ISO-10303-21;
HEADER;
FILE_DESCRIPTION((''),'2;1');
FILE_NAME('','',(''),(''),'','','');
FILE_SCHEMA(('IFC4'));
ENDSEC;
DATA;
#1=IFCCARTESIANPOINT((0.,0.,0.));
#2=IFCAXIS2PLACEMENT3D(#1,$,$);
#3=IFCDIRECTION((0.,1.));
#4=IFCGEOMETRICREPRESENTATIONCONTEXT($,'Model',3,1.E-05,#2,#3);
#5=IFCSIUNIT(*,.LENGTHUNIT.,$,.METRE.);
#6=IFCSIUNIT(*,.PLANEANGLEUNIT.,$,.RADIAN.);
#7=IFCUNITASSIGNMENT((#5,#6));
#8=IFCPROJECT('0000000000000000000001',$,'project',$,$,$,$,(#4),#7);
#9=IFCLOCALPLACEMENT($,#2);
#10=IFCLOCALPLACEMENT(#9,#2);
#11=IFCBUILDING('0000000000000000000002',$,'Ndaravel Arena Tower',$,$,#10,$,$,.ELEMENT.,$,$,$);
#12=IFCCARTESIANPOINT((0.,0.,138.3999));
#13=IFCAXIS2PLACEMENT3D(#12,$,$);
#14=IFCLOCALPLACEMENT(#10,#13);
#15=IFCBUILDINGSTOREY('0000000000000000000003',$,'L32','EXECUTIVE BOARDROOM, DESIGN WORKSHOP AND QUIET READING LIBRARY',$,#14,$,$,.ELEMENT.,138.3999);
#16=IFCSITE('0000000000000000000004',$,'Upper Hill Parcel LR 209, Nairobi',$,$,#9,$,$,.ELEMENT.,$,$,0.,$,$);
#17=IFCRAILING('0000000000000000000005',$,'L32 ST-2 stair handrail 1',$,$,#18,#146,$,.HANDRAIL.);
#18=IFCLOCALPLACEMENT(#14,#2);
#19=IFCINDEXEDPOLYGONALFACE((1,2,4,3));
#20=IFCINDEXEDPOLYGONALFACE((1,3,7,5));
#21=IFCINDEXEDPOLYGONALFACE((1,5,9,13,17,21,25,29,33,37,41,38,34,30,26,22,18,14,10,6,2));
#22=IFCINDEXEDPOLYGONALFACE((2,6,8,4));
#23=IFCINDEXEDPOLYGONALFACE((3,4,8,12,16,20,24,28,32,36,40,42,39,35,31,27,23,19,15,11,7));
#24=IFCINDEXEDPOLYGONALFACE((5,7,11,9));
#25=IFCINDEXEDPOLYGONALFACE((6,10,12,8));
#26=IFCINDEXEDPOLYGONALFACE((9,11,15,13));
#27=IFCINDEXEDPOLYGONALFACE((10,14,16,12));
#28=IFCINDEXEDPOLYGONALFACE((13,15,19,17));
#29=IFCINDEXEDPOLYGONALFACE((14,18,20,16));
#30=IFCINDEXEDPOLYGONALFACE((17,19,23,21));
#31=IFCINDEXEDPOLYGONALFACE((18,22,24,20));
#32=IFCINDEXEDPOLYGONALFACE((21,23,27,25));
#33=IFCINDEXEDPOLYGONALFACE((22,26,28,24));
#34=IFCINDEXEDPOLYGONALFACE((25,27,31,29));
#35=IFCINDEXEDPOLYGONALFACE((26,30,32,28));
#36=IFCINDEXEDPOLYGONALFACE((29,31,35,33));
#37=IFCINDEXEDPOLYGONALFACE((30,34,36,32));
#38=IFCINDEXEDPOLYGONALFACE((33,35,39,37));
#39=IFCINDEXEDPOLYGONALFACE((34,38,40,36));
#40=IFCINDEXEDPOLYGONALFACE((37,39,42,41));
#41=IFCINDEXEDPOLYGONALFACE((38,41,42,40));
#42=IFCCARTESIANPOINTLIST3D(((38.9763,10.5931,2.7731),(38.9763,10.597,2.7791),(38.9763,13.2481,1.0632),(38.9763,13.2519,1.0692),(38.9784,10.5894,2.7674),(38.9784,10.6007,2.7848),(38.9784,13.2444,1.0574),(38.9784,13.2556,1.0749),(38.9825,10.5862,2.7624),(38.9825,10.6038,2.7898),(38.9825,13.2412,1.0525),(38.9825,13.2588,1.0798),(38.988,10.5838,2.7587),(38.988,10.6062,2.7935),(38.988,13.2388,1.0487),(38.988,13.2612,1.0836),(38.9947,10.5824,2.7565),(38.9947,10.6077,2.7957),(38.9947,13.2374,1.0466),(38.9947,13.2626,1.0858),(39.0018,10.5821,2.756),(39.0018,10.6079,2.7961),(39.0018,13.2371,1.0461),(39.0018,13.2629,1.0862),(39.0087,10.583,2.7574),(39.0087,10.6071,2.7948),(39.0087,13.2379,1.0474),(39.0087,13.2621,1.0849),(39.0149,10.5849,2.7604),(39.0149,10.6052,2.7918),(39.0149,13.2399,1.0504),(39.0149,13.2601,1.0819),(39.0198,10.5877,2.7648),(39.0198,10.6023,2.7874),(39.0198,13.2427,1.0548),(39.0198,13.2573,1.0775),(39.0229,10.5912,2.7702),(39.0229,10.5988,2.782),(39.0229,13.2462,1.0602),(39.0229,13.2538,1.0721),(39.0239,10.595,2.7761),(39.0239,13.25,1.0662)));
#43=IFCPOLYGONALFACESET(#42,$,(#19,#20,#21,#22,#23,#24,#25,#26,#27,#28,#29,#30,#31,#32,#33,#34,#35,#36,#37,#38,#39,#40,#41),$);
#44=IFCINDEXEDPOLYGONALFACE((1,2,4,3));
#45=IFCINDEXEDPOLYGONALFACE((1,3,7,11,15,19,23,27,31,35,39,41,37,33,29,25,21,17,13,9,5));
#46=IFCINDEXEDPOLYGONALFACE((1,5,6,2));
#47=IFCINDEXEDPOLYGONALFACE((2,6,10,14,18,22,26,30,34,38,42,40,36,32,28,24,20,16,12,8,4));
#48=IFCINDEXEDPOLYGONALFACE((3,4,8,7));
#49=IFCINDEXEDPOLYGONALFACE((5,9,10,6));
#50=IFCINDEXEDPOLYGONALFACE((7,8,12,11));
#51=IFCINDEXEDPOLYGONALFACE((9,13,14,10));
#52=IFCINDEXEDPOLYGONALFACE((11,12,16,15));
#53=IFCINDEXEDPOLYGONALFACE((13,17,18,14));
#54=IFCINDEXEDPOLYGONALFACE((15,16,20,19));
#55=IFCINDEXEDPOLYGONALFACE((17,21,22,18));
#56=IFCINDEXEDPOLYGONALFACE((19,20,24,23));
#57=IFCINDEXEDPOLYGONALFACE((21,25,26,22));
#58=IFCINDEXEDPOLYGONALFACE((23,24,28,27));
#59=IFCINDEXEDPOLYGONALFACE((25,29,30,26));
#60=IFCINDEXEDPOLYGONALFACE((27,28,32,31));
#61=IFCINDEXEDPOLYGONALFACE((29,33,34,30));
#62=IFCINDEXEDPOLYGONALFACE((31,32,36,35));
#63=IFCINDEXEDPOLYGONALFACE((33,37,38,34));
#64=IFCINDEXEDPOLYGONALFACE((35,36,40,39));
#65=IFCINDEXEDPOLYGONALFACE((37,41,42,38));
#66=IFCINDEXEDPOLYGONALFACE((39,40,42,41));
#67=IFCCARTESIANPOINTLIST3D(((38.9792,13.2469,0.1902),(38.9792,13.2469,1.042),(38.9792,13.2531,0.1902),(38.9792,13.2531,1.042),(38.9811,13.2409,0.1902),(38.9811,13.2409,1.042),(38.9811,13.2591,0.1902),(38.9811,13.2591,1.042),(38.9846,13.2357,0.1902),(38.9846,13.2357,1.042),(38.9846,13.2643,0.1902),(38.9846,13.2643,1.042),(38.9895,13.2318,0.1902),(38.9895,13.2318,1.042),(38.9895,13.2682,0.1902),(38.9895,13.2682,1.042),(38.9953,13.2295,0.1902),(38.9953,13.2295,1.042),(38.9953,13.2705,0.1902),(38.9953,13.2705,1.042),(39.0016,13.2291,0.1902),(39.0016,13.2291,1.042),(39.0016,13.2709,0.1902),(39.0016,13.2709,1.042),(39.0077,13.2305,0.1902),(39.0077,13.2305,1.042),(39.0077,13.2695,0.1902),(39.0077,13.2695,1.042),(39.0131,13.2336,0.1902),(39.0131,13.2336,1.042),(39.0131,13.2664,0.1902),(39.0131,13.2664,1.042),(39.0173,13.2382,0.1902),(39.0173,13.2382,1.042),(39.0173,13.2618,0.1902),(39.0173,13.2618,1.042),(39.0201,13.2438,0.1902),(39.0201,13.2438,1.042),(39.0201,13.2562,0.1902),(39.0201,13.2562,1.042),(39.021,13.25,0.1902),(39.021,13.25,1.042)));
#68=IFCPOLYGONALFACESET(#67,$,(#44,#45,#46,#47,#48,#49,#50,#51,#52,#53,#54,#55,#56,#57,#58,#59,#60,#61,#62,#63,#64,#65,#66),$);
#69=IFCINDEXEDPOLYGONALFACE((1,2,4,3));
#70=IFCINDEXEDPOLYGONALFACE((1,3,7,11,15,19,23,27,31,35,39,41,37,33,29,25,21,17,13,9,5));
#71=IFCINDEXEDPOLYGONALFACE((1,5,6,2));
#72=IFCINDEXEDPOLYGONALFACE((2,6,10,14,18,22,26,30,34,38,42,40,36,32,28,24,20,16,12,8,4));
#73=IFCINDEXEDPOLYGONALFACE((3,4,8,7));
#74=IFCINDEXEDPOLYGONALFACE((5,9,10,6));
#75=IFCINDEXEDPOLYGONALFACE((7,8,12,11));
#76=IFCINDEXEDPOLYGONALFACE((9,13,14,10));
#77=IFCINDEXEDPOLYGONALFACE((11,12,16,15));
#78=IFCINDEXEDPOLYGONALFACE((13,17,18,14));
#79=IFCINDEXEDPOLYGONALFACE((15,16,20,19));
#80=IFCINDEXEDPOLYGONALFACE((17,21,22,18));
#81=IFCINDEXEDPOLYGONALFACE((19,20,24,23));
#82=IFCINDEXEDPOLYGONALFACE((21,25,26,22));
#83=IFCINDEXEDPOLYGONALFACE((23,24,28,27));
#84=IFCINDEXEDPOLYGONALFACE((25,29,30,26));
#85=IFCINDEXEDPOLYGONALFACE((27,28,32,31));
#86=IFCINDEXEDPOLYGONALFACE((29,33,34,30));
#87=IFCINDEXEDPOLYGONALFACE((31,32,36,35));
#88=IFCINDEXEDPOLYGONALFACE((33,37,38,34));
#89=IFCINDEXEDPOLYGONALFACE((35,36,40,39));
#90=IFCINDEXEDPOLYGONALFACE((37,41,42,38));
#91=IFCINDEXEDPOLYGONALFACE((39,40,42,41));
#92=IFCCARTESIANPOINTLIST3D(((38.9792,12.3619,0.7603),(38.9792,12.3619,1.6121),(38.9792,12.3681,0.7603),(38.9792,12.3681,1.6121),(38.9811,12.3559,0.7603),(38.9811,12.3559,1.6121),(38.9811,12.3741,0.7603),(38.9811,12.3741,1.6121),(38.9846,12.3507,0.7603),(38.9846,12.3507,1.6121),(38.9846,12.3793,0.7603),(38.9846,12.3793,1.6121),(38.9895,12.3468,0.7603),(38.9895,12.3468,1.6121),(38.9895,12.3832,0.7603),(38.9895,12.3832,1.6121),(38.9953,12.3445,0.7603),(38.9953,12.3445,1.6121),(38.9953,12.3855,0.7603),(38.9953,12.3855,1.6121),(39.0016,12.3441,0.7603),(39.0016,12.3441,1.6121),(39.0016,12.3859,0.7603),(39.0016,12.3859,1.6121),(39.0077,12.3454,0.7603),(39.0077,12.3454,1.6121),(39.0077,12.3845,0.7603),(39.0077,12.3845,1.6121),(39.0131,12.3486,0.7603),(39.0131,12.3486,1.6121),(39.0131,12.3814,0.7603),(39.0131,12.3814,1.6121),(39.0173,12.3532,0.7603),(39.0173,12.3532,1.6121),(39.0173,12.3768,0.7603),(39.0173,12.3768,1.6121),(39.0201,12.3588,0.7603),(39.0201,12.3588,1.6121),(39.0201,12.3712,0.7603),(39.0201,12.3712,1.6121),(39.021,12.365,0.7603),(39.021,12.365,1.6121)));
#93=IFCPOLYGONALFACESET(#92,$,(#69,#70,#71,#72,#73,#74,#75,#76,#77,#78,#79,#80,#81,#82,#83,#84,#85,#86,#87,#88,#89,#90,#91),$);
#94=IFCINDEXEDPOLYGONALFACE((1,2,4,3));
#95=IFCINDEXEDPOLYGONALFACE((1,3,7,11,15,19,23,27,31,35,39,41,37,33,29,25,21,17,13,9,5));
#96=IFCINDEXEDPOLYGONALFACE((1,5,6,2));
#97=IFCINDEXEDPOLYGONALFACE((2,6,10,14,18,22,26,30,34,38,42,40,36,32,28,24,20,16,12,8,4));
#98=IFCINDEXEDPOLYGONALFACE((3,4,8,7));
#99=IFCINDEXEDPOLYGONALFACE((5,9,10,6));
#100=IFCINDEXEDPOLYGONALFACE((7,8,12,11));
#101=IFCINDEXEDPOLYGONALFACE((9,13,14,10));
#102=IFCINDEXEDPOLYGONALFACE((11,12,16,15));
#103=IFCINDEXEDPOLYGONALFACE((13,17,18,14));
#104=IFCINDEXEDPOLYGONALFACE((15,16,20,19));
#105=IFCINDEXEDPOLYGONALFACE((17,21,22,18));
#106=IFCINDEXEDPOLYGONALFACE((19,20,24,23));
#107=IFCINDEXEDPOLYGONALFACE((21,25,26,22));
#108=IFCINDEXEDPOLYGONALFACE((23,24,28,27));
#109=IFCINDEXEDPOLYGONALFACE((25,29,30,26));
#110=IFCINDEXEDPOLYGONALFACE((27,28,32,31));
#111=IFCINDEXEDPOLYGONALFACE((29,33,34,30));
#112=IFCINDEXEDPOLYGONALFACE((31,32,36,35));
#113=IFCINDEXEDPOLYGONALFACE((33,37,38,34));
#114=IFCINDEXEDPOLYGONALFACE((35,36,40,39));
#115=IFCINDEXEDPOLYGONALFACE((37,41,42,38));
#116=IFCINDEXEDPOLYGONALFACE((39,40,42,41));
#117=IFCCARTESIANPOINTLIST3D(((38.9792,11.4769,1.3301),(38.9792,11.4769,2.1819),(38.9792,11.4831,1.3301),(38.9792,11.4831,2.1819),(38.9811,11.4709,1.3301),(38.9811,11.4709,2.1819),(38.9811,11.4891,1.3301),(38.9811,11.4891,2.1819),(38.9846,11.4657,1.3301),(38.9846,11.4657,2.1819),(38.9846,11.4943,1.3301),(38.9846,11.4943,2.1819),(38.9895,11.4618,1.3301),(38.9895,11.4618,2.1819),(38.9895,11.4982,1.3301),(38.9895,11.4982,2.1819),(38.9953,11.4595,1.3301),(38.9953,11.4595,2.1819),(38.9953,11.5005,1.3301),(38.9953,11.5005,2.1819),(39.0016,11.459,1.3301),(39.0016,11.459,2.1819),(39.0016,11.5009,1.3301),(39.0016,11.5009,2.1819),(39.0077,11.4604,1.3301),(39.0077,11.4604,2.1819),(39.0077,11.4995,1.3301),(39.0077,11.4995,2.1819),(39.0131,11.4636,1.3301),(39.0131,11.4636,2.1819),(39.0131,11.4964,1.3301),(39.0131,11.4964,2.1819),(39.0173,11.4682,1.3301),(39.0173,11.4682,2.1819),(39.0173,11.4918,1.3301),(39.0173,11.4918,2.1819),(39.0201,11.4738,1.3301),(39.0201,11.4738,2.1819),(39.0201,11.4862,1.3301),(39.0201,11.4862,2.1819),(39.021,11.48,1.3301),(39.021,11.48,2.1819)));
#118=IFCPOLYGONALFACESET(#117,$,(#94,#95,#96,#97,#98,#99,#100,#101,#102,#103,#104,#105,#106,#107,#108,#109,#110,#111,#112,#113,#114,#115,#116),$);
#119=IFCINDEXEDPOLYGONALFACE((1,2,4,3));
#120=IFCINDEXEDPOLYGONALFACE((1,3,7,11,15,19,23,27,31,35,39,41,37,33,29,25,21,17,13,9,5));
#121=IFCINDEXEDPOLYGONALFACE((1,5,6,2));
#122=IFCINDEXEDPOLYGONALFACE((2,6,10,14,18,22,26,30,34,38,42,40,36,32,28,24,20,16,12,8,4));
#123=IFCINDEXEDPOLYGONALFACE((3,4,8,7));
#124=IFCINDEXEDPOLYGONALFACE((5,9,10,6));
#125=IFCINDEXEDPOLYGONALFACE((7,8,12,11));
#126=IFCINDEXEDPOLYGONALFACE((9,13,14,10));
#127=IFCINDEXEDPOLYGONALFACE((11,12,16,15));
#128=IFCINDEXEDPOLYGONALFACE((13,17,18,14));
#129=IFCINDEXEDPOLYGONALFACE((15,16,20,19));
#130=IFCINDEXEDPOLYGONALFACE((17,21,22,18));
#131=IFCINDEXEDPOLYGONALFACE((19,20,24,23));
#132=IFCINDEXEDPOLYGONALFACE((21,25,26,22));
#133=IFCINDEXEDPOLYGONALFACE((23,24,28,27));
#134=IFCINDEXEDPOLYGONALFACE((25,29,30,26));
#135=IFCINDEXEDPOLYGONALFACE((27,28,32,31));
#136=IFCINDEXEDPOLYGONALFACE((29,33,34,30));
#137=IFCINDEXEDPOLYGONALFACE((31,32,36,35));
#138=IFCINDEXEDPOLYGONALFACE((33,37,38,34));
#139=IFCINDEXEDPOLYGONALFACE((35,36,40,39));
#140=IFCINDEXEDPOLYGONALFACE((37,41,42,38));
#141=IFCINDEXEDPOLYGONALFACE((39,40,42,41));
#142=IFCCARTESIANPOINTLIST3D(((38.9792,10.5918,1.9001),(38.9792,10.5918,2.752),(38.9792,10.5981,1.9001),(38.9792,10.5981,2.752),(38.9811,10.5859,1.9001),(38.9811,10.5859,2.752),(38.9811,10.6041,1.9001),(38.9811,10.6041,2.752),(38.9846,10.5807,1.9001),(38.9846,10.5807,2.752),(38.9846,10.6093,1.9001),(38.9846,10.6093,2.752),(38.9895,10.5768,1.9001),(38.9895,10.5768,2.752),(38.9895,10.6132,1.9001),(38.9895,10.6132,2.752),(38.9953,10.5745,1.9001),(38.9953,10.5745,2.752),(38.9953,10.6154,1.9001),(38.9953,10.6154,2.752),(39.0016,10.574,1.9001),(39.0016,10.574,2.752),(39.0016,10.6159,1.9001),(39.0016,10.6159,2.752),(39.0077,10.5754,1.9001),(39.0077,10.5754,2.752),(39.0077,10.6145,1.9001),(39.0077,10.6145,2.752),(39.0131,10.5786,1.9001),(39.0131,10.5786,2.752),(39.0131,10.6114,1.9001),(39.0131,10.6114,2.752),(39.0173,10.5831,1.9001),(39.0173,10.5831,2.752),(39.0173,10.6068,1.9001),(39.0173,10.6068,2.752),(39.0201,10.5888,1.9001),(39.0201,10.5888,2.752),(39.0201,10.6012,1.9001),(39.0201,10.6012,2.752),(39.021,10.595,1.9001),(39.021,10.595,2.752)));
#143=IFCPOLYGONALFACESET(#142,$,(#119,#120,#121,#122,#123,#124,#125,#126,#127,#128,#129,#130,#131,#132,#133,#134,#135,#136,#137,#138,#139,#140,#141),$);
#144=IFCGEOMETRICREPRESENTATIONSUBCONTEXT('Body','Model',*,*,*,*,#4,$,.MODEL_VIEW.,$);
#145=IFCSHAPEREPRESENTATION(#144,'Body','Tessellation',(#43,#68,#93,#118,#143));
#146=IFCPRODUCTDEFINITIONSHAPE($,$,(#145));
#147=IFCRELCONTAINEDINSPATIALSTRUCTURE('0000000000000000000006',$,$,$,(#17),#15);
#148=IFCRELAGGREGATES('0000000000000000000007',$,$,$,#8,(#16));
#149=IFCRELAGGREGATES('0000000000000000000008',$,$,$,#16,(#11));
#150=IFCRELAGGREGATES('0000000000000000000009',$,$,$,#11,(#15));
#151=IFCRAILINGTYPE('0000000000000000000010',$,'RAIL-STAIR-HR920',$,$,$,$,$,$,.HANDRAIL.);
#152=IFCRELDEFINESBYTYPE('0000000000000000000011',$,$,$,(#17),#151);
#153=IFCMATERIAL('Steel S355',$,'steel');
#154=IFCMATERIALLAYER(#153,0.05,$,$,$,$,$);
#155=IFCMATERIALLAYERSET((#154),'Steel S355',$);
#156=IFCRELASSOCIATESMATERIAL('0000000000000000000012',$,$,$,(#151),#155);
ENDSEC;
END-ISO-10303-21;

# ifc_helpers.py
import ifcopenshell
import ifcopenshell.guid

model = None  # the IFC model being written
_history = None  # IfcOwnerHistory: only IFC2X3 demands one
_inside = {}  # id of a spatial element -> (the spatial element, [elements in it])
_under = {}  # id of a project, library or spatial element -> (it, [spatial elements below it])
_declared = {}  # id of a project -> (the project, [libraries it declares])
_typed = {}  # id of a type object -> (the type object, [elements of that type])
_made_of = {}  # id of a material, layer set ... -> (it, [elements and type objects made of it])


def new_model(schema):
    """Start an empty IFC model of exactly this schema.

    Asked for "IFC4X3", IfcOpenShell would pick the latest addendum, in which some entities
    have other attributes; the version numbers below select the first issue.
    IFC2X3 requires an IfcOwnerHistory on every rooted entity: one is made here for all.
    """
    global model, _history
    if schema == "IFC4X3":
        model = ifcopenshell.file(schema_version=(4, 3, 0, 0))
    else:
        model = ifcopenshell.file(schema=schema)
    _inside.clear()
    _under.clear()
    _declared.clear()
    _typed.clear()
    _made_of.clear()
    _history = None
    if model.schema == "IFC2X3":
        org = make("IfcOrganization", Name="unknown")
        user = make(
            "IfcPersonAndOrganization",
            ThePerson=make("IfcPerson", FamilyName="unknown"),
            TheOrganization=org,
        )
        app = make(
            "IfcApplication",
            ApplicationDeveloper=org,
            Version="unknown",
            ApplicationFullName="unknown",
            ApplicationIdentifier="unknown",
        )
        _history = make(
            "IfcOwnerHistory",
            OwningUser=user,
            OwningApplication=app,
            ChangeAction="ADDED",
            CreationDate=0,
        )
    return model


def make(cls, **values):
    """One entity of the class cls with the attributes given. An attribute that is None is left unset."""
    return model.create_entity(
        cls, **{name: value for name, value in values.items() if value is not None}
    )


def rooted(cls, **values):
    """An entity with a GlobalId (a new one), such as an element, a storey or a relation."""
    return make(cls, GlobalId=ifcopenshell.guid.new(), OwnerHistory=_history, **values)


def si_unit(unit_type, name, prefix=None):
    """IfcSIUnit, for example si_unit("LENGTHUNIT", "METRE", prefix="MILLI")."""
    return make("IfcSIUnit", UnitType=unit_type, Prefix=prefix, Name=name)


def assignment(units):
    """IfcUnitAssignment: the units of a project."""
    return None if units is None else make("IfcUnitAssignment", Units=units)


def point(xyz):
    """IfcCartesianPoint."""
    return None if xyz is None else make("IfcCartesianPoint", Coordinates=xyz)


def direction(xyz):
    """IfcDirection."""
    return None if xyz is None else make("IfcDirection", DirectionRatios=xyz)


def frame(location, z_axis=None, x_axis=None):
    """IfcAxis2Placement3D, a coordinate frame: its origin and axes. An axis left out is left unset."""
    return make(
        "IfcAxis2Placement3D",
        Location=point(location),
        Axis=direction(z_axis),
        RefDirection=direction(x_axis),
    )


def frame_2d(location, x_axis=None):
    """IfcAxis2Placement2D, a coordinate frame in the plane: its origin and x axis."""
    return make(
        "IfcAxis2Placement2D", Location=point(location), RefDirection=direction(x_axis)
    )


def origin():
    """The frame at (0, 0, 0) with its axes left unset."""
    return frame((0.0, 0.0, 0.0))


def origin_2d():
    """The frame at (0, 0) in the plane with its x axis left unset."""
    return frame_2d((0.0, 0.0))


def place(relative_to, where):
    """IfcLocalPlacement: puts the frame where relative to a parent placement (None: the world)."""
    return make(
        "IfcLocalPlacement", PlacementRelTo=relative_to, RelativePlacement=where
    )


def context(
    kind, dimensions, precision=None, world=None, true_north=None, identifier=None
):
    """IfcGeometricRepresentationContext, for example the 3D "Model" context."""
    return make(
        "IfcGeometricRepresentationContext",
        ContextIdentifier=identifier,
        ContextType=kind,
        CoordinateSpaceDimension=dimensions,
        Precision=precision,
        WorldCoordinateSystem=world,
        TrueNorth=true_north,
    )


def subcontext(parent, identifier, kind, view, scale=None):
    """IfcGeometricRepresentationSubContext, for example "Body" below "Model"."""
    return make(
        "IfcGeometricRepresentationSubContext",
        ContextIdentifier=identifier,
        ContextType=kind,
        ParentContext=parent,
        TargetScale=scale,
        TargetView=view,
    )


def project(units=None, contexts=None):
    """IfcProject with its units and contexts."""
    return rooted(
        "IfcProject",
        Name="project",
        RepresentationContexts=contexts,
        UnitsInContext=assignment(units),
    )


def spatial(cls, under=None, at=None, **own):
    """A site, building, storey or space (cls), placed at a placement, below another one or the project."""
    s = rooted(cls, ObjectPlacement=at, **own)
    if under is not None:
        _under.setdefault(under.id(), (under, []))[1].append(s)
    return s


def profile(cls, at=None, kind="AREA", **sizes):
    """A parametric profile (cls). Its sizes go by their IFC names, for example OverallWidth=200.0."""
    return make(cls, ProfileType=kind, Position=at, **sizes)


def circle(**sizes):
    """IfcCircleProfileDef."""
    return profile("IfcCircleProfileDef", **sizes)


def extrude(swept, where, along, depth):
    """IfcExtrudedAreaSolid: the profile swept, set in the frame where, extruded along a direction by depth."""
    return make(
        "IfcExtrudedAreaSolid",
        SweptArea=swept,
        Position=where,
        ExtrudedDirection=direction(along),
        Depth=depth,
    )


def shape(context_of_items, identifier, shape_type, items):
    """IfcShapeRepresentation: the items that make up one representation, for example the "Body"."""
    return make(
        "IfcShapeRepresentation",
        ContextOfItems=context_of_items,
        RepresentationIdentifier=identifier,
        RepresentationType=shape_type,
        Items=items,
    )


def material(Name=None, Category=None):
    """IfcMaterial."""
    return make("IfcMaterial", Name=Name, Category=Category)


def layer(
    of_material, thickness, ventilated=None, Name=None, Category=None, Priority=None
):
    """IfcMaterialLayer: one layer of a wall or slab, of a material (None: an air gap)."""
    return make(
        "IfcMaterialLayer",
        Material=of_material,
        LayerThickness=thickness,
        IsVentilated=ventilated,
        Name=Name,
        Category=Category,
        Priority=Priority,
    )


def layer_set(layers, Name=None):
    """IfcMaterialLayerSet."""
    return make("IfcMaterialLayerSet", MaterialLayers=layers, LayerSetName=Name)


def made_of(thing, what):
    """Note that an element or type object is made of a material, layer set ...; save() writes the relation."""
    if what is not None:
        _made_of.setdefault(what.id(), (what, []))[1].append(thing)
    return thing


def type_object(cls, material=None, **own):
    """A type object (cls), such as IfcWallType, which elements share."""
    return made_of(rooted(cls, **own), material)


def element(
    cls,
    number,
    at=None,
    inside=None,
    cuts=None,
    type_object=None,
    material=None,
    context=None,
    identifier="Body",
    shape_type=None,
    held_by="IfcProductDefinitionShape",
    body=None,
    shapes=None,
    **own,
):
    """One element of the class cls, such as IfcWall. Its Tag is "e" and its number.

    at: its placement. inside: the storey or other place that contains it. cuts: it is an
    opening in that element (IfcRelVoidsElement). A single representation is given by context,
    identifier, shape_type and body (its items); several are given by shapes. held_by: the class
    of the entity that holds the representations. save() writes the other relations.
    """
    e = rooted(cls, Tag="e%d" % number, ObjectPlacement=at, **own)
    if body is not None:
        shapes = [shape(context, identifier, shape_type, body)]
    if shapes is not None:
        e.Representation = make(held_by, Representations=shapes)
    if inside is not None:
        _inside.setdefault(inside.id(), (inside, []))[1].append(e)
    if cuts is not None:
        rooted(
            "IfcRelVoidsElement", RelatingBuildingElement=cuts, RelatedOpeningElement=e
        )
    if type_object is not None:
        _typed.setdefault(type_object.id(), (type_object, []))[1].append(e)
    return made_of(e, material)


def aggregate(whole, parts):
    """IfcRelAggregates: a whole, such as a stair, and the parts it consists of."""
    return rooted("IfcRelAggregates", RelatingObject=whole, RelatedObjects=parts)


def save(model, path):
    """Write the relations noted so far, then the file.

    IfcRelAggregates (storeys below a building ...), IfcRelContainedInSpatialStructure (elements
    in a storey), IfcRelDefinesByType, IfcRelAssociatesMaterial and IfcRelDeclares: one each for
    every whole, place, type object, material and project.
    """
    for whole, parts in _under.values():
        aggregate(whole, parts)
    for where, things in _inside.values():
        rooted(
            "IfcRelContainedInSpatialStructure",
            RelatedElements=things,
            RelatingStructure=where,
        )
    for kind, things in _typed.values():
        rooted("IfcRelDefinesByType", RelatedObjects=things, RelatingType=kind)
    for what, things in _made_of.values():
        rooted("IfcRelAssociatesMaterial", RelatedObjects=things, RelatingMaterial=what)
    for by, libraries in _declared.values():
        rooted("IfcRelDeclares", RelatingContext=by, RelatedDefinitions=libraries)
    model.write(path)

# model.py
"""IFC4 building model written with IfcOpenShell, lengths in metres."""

from ifc_helpers import new_model, si_unit, direction, frame, origin, origin_2d, place, context, subcontext, project, spatial, circle, extrude, material, layer, layer_set, type_object, element, save


model = new_model("IFC4")

# Units and contexts
model_context = context("Model", 3, precision=1e-05, world=origin(), true_north=direction((0.0, 1.0)))
body_context = subcontext(model_context, "Body", "Model", "MODEL_VIEW")
ifc_project = project(units=[si_unit("LENGTHUNIT", "METRE"), si_unit("PLANEANGLEUNIT", "RADIAN")], contexts=[model_context])

# Site, building, storey
site_placement = place(None, origin())
site = spatial("IfcSite", under=ifc_project, at=site_placement, Name="Upper Hill Parcel LR 209, Nairobi", CompositionType="ELEMENT", RefElevation=0.0)
building_placement = place(site_placement, origin())
building = spatial("IfcBuilding", under=site, at=building_placement, Name="Ndaravel Arena Tower", CompositionType="ELEMENT")
storey_placement = place(building_placement, frame((0.0, 0.0, 138.3999)))
storey = spatial("IfcBuildingStorey", under=building, at=storey_placement, Name="L32", Description="EXECUTIVE BOARDROOM, DESIGN WORKSHOP AND QUIET READING LIBRARY", CompositionType="ELEMENT", Elevation=138.3999)

# Railing
ifc_material_1 = material(Name="Steel S355", Category="steel")
ifc_layer_1 = layer(ifc_material_1, 0.05)
ifc_layer_set_1 = layer_set([ifc_layer_1], Name="Steel S355")
railing_type_1 = type_object("IfcRailingType", Name="RAIL-STAIR-HR920", PredefinedType="HANDRAIL", material=ifc_layer_set_1)
railing_1_placement = place(storey_placement, frame((39.0, 13.25, 0.1902)))
element("IfcRailing", 1, at=railing_1_placement, inside=storey, type_object=railing_type_1, Name="L32 ST-2 stair handrail 1", PredefinedType="HANDRAIL", context=body_context, shape_type="SweptSolid", body=[
    extrude(circle(Radius=0.0239, at=origin_2d()), frame((0.0, 0.0, 0.876), z_axis=(0.0, -0.840724, 0.541465), x_axis=(1.0, 0.0, 0.0)), (0.0, 0.0, 1.0), 3.158),
    extrude(circle(Radius=0.021, at=origin_2d()), origin(), (0.0, 0.0, 1.0), 0.8518),
    extrude(circle(Radius=0.021, at=origin_2d()), frame((0.0, -0.885, 0.5701)), (0.0, 0.0, 1.0), 0.8518),
    extrude(circle(Radius=0.021, at=origin_2d()), frame((0.0, -1.77, 1.1399)), (0.0, 0.0, 1.0), 0.8518),
    extrude(circle(Radius=0.021, at=origin_2d()), frame((0.0, -2.655, 1.71)), (0.0, 0.0, 1.0), 0.8518),
])

save(model, "model.ifc")
